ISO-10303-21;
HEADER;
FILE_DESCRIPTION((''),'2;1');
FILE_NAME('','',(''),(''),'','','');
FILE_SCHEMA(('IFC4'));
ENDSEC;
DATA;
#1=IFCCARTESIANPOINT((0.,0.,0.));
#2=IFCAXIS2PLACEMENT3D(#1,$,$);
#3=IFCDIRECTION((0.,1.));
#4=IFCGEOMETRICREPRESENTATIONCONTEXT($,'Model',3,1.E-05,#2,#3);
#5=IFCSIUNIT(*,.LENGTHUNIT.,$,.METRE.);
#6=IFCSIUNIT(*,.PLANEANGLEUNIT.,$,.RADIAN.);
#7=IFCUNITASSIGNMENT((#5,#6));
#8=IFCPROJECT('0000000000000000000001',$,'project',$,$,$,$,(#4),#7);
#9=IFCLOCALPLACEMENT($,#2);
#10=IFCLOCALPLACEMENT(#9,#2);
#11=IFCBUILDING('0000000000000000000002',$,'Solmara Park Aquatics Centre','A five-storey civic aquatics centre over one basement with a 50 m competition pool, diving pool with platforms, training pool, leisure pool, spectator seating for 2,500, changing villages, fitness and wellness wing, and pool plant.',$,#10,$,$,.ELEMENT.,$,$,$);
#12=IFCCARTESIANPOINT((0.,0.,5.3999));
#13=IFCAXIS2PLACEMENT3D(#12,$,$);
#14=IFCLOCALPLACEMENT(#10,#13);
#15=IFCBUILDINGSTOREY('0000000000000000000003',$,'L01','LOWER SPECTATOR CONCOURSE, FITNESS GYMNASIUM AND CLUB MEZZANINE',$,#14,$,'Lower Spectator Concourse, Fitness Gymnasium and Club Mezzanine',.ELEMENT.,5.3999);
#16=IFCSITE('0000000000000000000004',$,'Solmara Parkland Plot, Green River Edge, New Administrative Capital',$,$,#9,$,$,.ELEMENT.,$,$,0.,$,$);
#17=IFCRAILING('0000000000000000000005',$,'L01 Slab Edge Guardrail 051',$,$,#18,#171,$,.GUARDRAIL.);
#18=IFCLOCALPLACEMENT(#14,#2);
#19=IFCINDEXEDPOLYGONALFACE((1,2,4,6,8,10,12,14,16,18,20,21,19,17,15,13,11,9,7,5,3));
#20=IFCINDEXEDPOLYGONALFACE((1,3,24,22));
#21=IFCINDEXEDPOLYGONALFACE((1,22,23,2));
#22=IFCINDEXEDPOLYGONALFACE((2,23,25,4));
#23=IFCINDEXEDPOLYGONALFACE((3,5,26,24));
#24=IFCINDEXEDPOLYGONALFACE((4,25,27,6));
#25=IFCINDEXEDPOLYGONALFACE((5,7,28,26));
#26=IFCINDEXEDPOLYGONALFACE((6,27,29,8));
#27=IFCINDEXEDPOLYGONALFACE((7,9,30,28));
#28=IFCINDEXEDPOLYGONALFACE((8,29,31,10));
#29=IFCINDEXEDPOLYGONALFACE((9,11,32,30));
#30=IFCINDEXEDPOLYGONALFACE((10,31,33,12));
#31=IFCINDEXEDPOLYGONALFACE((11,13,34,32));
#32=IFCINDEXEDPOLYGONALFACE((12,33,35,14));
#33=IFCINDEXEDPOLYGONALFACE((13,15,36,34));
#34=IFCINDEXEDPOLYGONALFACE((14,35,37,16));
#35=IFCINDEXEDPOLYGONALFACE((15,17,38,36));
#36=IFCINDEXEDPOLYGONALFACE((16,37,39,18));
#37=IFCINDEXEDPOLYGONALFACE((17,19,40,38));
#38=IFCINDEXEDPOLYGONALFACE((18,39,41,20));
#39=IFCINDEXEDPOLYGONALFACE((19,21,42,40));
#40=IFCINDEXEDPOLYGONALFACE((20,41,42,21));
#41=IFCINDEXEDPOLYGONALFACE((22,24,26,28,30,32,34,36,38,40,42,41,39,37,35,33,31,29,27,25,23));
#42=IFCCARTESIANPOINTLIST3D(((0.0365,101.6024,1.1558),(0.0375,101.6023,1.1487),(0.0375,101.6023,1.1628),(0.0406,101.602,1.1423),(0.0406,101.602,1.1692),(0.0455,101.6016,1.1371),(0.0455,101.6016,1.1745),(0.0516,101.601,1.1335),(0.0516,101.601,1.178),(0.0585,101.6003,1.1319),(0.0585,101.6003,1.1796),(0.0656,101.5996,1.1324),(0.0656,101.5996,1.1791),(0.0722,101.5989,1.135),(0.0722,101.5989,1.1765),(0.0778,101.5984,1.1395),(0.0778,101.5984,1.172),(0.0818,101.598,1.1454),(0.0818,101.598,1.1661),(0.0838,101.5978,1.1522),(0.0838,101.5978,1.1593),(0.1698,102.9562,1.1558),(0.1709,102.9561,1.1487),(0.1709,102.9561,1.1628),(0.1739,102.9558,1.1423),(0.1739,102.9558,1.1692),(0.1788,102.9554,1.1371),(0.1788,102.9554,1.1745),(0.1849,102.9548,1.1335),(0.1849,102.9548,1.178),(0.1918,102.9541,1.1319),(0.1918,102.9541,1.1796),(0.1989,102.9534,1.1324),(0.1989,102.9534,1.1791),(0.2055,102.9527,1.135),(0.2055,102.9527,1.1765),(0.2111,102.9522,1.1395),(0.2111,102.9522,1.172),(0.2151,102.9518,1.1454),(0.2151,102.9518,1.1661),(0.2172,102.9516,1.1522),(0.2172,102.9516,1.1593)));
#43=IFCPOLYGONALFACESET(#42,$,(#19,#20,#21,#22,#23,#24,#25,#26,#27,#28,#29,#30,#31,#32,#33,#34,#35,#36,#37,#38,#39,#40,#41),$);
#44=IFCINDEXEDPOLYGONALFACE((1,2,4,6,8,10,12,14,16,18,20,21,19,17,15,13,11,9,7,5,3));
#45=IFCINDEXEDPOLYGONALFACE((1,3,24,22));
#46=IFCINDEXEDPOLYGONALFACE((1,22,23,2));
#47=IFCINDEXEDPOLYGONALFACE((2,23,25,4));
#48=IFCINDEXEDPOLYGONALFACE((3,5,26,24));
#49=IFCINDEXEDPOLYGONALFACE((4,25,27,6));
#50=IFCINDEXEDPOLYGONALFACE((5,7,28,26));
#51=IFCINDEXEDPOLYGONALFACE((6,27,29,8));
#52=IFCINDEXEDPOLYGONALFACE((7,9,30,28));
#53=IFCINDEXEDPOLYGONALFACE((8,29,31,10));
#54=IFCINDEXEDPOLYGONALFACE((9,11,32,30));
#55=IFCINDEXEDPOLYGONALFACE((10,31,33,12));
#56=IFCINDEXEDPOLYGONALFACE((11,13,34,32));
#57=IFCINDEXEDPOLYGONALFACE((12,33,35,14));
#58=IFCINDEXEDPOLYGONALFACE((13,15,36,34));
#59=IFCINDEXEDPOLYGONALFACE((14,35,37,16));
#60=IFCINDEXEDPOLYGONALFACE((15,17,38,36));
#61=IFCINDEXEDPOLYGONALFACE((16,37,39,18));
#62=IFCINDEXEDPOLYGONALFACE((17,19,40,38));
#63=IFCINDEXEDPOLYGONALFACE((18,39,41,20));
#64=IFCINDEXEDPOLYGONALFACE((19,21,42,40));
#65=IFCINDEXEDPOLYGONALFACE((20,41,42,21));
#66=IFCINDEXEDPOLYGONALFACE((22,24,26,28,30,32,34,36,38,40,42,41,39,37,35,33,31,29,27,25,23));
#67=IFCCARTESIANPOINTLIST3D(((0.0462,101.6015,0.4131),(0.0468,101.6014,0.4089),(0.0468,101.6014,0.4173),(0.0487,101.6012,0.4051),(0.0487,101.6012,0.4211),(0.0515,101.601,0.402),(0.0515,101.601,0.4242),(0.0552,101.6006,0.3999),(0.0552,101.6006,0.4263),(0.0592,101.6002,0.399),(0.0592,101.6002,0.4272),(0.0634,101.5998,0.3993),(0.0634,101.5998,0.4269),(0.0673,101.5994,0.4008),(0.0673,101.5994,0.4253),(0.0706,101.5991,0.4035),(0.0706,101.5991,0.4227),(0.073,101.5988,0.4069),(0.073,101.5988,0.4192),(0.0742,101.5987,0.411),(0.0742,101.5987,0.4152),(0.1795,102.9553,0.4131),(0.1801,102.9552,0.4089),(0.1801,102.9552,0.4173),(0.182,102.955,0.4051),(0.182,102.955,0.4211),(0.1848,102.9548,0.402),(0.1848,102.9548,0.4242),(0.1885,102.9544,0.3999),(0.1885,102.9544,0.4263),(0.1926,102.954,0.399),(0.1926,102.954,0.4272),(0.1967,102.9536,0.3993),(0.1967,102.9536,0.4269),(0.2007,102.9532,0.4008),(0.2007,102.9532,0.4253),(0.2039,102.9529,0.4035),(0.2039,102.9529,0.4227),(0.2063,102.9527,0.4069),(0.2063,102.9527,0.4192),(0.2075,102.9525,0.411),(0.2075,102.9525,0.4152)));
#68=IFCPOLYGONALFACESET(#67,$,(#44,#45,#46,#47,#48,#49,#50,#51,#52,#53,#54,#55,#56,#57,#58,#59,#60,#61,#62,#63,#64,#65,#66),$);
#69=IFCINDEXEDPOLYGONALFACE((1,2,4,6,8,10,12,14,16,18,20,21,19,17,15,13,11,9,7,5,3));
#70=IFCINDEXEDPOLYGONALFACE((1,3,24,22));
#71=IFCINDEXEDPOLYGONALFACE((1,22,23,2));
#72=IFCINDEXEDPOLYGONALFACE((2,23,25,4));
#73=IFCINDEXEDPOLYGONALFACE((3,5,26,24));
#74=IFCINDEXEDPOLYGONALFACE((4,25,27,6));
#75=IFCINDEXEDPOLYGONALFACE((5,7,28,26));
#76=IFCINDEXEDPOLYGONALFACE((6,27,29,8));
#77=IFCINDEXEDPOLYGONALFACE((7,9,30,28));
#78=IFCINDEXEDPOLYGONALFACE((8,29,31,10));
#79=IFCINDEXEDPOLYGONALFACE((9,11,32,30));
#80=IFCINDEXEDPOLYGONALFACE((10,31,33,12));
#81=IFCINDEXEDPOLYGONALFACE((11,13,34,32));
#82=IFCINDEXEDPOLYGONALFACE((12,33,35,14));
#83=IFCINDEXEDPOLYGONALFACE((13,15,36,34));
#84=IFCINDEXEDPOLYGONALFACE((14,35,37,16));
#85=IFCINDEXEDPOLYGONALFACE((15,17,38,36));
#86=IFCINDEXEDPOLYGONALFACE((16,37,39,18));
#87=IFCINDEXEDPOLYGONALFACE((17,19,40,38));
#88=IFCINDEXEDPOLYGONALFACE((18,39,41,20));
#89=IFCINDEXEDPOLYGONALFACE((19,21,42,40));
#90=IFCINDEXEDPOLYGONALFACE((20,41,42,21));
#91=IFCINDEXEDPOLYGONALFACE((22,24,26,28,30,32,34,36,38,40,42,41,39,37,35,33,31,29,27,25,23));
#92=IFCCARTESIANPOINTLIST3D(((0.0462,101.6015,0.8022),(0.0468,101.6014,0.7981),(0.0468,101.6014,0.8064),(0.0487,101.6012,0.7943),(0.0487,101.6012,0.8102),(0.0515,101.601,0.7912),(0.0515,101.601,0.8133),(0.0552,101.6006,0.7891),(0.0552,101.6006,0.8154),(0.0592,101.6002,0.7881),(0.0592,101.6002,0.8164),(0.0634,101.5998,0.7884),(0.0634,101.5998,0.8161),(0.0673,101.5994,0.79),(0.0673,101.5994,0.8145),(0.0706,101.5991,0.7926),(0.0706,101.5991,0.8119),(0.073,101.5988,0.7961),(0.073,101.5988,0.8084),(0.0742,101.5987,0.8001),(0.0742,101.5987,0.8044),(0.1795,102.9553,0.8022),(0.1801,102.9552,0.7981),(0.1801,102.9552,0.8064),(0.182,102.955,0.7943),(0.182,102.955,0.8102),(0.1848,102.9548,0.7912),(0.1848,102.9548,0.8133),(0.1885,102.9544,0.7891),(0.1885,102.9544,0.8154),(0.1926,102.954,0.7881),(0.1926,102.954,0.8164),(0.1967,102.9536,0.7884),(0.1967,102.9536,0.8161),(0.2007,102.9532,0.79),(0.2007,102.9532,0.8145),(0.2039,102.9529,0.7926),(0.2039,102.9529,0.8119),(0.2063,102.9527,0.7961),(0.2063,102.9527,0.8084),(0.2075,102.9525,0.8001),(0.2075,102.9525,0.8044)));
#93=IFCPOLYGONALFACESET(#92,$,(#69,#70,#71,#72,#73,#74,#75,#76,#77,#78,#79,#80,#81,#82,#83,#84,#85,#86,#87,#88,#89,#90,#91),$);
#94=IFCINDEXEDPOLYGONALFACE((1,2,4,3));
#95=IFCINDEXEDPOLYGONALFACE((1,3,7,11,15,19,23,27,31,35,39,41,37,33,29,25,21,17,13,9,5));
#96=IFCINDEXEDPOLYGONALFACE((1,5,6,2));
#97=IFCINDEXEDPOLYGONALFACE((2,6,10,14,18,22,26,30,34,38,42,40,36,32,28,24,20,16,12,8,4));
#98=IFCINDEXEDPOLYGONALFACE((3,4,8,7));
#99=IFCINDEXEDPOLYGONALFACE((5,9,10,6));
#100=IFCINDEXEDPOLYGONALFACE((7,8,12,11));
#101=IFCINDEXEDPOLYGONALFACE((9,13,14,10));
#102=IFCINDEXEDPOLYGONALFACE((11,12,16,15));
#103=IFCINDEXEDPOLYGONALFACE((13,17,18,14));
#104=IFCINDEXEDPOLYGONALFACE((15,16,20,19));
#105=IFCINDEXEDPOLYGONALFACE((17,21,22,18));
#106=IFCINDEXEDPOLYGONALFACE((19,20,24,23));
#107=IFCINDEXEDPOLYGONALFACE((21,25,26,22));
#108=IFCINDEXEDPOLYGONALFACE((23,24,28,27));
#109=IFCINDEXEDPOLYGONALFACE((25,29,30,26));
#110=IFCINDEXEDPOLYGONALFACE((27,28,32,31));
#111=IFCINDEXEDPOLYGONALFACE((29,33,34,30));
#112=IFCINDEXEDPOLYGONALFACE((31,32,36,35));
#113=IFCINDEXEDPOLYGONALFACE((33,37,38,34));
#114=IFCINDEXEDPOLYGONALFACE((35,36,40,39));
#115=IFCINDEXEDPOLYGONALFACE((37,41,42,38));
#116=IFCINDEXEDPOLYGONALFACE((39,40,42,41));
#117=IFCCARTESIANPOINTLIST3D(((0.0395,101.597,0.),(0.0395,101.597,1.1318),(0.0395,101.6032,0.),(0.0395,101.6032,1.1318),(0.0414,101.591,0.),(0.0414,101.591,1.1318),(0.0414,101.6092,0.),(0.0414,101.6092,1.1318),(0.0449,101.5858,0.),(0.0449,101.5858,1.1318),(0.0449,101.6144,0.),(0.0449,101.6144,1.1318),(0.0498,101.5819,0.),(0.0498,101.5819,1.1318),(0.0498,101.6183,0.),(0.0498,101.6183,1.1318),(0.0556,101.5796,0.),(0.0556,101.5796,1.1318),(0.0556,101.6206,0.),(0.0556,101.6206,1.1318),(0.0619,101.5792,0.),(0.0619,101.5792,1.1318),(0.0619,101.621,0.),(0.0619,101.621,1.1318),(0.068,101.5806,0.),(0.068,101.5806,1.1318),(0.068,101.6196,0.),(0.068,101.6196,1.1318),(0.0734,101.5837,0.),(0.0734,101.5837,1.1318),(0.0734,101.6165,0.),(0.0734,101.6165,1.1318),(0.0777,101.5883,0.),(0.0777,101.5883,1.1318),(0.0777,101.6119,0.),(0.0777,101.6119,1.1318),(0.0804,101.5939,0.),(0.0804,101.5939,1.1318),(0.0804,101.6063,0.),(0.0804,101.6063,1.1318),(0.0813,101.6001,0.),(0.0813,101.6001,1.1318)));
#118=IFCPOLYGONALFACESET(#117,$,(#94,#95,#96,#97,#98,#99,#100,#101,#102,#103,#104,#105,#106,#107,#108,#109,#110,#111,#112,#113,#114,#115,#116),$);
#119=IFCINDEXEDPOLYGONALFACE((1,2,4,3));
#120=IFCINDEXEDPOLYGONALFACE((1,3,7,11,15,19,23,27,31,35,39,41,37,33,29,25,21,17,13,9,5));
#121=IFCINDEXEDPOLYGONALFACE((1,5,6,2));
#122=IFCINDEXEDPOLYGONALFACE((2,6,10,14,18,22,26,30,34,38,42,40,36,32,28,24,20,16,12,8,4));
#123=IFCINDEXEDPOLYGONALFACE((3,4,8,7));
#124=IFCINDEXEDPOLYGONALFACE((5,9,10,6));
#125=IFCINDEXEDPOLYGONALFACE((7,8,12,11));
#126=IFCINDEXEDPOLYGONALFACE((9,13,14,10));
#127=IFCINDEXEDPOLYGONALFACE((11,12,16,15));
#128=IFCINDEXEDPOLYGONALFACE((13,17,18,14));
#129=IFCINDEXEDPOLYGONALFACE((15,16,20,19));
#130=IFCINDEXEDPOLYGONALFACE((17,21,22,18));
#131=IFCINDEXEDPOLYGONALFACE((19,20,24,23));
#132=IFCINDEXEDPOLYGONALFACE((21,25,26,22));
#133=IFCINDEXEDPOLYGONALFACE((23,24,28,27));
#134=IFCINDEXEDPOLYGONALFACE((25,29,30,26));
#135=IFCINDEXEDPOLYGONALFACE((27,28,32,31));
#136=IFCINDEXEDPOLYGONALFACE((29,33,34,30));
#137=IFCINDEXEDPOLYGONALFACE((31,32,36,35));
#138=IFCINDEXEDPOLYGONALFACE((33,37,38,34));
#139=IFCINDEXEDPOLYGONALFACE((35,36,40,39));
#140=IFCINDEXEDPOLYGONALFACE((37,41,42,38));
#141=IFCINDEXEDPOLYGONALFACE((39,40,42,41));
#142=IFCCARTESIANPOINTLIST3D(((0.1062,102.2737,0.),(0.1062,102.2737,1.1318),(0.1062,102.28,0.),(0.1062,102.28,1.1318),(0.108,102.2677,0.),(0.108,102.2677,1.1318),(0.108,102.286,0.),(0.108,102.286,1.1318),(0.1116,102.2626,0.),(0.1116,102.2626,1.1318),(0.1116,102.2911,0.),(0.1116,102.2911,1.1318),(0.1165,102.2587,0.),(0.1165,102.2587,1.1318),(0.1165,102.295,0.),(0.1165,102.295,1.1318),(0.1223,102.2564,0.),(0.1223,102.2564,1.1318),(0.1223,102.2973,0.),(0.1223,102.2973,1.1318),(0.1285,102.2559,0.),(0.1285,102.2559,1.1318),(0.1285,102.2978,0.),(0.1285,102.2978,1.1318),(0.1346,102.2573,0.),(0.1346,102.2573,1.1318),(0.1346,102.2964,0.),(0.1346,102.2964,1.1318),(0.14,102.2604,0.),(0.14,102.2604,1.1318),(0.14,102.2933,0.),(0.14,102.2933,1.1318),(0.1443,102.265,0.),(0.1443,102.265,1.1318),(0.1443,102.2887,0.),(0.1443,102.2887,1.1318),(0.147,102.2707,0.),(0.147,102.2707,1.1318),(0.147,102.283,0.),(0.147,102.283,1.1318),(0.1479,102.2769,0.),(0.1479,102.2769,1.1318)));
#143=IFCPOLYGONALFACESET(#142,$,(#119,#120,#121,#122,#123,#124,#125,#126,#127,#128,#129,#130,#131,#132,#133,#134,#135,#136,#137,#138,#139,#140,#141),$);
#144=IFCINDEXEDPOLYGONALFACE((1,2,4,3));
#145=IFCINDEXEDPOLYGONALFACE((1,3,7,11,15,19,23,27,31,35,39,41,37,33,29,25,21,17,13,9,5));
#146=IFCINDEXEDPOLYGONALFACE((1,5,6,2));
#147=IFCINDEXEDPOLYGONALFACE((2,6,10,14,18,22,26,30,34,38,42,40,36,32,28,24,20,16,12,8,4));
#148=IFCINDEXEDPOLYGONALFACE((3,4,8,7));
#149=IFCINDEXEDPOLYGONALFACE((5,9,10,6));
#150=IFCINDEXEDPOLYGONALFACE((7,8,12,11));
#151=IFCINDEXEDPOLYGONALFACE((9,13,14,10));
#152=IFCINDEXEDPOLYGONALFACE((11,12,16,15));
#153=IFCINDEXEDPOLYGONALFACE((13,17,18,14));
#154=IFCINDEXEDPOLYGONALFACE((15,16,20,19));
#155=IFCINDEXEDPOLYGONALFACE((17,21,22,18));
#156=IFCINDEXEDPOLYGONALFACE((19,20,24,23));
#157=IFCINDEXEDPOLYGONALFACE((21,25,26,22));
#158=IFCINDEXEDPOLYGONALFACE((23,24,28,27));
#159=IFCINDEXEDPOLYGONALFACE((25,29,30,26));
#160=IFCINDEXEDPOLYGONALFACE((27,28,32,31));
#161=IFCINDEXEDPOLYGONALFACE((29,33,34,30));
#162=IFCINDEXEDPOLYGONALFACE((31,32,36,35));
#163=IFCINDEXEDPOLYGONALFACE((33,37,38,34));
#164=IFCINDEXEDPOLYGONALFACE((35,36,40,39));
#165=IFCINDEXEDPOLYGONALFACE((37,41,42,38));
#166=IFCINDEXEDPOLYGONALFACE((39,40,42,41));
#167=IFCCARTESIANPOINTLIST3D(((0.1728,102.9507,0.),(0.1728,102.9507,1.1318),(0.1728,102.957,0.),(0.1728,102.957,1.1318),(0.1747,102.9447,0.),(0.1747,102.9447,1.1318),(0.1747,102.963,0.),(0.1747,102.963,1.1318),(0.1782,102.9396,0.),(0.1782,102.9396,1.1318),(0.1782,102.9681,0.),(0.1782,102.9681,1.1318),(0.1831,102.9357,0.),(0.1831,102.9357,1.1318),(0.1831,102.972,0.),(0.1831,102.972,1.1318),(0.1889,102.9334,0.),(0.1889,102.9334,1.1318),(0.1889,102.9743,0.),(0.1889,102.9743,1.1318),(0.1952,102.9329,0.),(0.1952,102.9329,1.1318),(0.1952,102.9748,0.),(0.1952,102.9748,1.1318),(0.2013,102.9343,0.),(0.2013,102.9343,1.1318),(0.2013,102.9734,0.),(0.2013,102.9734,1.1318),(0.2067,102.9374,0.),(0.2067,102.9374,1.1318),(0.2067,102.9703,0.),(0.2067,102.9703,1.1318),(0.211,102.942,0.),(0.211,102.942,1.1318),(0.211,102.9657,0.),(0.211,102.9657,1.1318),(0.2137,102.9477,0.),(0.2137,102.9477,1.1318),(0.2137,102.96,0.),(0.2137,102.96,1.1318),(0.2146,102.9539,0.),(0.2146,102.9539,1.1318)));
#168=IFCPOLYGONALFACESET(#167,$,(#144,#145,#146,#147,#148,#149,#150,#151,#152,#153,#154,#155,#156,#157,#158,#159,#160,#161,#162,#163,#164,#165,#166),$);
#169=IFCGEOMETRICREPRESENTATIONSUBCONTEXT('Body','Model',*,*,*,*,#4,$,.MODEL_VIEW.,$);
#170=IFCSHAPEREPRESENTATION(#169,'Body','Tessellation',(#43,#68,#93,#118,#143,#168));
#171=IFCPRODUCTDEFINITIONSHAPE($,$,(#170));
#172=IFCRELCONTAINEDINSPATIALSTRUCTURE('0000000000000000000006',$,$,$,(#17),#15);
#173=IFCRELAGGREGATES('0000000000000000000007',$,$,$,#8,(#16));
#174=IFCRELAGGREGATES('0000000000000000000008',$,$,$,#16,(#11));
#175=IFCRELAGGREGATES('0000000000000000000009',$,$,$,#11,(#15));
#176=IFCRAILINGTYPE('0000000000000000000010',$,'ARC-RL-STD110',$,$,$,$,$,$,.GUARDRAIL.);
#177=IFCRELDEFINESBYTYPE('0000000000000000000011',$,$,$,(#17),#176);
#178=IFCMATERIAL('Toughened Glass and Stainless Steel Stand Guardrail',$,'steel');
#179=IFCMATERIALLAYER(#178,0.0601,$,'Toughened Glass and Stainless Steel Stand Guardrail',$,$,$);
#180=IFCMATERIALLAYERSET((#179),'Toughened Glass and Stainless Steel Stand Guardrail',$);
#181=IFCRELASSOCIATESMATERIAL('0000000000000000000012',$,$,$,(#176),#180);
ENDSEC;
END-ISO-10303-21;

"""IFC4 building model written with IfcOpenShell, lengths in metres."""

from ifc_helpers import new_model, si_unit, direction, frame, origin, origin_2d, place, context, subcontext, project, spatial, circle, extrude, material, layer, layer_set, type_object, element, save


model = new_model("IFC4")

# Units and contexts
model_context = context("Model", 3, precision=1e-05, world=origin(), true_north=direction((0.0, 1.0)))
body_context = subcontext(model_context, "Body", "Model", "MODEL_VIEW")
ifc_project = project(units=[si_unit("LENGTHUNIT", "METRE"), si_unit("PLANEANGLEUNIT", "RADIAN")], contexts=[model_context])

# Site, building, storey
site_placement = place(None, origin())
site = spatial("IfcSite", under=ifc_project, at=site_placement, Name="Solmara Parkland Plot, Green River Edge, New Administrative Capital", CompositionType="ELEMENT", RefElevation=0.0)
building_placement = place(site_placement, origin())
building = spatial("IfcBuilding", under=site, at=building_placement, Name="Solmara Park Aquatics Centre", Description="A five-storey civic aquatics centre over one basement with a 50 m competition pool, diving pool with platforms, training pool, leisure pool, spectator seating for 2,500, changing villages, fitness and wellness wing, and pool plant.", CompositionType="ELEMENT")
storey_placement = place(building_placement, frame((0.0, 0.0, 5.3999)))
storey = spatial("IfcBuildingStorey", under=building, at=storey_placement, Name="L01", Description="LOWER SPECTATOR CONCOURSE, FITNESS GYMNASIUM AND CLUB MEZZANINE", LongName="Lower Spectator Concourse, Fitness Gymnasium and Club Mezzanine", CompositionType="ELEMENT", Elevation=5.3999)

# Railing
ifc_material_1 = material(Name="Toughened Glass and Stainless Steel Stand Guardrail", Category="steel")
ifc_layer_1 = layer(ifc_material_1, 0.0601, Name="Toughened Glass and Stainless Steel Stand Guardrail")
ifc_layer_set_1 = layer_set([ifc_layer_1], Name="Toughened Glass and Stainless Steel Stand Guardrail")
railing_type = type_object("IfcRailingType", Name="ARC-RL-STD110", PredefinedType="GUARDRAIL", material=ifc_layer_set_1)
railing_1_placement = place(storey_placement, frame((0.0603, 101.6001, 0.0)))
element("IfcRailing", 1, at=railing_1_placement, inside=storey, type_object=railing_type, Name="L01 Slab Edge Guardrail 051", PredefinedType="GUARDRAIL", context=body_context, shape_type="SweptSolid", body=[
    extrude(circle(Radius=0.0239, at=origin_2d()), frame((0.0, 0.0, 1.1558), z_axis=(0.097993, 0.995187, 0.0), x_axis=(-0.995187, 0.097993, 0.0)), (0.0, 0.0, 1.0), 1.3604),
    extrude(circle(Radius=0.0142, at=origin_2d()), frame((0.0, 0.0, 0.4131), z_axis=(0.097993, 0.995187, 0.0), x_axis=(-0.995187, 0.097993, 0.0)), (0.0, 0.0, 1.0), 1.3604),
    extrude(circle(Radius=0.0142, at=origin_2d()), frame((0.0, 0.0, 0.8022), z_axis=(0.097993, 0.995187, 0.0), x_axis=(-0.995187, 0.097993, 0.0)), (0.0, 0.0, 1.0), 1.3604),
    extrude(circle(Radius=0.021, at=origin_2d()), origin(), (0.0, 0.0, 1.0), 1.1318),
    extrude(circle(Radius=0.021, at=origin_2d()), frame((0.0667, 0.6768, 0.0)), (0.0, 0.0, 1.0), 1.1318),
    extrude(circle(Radius=0.021, at=origin_2d()), frame((0.1333, 1.3538, 0.0)), (0.0, 0.0, 1.0), 1.1318),
])

save(model, "model.ifc")
